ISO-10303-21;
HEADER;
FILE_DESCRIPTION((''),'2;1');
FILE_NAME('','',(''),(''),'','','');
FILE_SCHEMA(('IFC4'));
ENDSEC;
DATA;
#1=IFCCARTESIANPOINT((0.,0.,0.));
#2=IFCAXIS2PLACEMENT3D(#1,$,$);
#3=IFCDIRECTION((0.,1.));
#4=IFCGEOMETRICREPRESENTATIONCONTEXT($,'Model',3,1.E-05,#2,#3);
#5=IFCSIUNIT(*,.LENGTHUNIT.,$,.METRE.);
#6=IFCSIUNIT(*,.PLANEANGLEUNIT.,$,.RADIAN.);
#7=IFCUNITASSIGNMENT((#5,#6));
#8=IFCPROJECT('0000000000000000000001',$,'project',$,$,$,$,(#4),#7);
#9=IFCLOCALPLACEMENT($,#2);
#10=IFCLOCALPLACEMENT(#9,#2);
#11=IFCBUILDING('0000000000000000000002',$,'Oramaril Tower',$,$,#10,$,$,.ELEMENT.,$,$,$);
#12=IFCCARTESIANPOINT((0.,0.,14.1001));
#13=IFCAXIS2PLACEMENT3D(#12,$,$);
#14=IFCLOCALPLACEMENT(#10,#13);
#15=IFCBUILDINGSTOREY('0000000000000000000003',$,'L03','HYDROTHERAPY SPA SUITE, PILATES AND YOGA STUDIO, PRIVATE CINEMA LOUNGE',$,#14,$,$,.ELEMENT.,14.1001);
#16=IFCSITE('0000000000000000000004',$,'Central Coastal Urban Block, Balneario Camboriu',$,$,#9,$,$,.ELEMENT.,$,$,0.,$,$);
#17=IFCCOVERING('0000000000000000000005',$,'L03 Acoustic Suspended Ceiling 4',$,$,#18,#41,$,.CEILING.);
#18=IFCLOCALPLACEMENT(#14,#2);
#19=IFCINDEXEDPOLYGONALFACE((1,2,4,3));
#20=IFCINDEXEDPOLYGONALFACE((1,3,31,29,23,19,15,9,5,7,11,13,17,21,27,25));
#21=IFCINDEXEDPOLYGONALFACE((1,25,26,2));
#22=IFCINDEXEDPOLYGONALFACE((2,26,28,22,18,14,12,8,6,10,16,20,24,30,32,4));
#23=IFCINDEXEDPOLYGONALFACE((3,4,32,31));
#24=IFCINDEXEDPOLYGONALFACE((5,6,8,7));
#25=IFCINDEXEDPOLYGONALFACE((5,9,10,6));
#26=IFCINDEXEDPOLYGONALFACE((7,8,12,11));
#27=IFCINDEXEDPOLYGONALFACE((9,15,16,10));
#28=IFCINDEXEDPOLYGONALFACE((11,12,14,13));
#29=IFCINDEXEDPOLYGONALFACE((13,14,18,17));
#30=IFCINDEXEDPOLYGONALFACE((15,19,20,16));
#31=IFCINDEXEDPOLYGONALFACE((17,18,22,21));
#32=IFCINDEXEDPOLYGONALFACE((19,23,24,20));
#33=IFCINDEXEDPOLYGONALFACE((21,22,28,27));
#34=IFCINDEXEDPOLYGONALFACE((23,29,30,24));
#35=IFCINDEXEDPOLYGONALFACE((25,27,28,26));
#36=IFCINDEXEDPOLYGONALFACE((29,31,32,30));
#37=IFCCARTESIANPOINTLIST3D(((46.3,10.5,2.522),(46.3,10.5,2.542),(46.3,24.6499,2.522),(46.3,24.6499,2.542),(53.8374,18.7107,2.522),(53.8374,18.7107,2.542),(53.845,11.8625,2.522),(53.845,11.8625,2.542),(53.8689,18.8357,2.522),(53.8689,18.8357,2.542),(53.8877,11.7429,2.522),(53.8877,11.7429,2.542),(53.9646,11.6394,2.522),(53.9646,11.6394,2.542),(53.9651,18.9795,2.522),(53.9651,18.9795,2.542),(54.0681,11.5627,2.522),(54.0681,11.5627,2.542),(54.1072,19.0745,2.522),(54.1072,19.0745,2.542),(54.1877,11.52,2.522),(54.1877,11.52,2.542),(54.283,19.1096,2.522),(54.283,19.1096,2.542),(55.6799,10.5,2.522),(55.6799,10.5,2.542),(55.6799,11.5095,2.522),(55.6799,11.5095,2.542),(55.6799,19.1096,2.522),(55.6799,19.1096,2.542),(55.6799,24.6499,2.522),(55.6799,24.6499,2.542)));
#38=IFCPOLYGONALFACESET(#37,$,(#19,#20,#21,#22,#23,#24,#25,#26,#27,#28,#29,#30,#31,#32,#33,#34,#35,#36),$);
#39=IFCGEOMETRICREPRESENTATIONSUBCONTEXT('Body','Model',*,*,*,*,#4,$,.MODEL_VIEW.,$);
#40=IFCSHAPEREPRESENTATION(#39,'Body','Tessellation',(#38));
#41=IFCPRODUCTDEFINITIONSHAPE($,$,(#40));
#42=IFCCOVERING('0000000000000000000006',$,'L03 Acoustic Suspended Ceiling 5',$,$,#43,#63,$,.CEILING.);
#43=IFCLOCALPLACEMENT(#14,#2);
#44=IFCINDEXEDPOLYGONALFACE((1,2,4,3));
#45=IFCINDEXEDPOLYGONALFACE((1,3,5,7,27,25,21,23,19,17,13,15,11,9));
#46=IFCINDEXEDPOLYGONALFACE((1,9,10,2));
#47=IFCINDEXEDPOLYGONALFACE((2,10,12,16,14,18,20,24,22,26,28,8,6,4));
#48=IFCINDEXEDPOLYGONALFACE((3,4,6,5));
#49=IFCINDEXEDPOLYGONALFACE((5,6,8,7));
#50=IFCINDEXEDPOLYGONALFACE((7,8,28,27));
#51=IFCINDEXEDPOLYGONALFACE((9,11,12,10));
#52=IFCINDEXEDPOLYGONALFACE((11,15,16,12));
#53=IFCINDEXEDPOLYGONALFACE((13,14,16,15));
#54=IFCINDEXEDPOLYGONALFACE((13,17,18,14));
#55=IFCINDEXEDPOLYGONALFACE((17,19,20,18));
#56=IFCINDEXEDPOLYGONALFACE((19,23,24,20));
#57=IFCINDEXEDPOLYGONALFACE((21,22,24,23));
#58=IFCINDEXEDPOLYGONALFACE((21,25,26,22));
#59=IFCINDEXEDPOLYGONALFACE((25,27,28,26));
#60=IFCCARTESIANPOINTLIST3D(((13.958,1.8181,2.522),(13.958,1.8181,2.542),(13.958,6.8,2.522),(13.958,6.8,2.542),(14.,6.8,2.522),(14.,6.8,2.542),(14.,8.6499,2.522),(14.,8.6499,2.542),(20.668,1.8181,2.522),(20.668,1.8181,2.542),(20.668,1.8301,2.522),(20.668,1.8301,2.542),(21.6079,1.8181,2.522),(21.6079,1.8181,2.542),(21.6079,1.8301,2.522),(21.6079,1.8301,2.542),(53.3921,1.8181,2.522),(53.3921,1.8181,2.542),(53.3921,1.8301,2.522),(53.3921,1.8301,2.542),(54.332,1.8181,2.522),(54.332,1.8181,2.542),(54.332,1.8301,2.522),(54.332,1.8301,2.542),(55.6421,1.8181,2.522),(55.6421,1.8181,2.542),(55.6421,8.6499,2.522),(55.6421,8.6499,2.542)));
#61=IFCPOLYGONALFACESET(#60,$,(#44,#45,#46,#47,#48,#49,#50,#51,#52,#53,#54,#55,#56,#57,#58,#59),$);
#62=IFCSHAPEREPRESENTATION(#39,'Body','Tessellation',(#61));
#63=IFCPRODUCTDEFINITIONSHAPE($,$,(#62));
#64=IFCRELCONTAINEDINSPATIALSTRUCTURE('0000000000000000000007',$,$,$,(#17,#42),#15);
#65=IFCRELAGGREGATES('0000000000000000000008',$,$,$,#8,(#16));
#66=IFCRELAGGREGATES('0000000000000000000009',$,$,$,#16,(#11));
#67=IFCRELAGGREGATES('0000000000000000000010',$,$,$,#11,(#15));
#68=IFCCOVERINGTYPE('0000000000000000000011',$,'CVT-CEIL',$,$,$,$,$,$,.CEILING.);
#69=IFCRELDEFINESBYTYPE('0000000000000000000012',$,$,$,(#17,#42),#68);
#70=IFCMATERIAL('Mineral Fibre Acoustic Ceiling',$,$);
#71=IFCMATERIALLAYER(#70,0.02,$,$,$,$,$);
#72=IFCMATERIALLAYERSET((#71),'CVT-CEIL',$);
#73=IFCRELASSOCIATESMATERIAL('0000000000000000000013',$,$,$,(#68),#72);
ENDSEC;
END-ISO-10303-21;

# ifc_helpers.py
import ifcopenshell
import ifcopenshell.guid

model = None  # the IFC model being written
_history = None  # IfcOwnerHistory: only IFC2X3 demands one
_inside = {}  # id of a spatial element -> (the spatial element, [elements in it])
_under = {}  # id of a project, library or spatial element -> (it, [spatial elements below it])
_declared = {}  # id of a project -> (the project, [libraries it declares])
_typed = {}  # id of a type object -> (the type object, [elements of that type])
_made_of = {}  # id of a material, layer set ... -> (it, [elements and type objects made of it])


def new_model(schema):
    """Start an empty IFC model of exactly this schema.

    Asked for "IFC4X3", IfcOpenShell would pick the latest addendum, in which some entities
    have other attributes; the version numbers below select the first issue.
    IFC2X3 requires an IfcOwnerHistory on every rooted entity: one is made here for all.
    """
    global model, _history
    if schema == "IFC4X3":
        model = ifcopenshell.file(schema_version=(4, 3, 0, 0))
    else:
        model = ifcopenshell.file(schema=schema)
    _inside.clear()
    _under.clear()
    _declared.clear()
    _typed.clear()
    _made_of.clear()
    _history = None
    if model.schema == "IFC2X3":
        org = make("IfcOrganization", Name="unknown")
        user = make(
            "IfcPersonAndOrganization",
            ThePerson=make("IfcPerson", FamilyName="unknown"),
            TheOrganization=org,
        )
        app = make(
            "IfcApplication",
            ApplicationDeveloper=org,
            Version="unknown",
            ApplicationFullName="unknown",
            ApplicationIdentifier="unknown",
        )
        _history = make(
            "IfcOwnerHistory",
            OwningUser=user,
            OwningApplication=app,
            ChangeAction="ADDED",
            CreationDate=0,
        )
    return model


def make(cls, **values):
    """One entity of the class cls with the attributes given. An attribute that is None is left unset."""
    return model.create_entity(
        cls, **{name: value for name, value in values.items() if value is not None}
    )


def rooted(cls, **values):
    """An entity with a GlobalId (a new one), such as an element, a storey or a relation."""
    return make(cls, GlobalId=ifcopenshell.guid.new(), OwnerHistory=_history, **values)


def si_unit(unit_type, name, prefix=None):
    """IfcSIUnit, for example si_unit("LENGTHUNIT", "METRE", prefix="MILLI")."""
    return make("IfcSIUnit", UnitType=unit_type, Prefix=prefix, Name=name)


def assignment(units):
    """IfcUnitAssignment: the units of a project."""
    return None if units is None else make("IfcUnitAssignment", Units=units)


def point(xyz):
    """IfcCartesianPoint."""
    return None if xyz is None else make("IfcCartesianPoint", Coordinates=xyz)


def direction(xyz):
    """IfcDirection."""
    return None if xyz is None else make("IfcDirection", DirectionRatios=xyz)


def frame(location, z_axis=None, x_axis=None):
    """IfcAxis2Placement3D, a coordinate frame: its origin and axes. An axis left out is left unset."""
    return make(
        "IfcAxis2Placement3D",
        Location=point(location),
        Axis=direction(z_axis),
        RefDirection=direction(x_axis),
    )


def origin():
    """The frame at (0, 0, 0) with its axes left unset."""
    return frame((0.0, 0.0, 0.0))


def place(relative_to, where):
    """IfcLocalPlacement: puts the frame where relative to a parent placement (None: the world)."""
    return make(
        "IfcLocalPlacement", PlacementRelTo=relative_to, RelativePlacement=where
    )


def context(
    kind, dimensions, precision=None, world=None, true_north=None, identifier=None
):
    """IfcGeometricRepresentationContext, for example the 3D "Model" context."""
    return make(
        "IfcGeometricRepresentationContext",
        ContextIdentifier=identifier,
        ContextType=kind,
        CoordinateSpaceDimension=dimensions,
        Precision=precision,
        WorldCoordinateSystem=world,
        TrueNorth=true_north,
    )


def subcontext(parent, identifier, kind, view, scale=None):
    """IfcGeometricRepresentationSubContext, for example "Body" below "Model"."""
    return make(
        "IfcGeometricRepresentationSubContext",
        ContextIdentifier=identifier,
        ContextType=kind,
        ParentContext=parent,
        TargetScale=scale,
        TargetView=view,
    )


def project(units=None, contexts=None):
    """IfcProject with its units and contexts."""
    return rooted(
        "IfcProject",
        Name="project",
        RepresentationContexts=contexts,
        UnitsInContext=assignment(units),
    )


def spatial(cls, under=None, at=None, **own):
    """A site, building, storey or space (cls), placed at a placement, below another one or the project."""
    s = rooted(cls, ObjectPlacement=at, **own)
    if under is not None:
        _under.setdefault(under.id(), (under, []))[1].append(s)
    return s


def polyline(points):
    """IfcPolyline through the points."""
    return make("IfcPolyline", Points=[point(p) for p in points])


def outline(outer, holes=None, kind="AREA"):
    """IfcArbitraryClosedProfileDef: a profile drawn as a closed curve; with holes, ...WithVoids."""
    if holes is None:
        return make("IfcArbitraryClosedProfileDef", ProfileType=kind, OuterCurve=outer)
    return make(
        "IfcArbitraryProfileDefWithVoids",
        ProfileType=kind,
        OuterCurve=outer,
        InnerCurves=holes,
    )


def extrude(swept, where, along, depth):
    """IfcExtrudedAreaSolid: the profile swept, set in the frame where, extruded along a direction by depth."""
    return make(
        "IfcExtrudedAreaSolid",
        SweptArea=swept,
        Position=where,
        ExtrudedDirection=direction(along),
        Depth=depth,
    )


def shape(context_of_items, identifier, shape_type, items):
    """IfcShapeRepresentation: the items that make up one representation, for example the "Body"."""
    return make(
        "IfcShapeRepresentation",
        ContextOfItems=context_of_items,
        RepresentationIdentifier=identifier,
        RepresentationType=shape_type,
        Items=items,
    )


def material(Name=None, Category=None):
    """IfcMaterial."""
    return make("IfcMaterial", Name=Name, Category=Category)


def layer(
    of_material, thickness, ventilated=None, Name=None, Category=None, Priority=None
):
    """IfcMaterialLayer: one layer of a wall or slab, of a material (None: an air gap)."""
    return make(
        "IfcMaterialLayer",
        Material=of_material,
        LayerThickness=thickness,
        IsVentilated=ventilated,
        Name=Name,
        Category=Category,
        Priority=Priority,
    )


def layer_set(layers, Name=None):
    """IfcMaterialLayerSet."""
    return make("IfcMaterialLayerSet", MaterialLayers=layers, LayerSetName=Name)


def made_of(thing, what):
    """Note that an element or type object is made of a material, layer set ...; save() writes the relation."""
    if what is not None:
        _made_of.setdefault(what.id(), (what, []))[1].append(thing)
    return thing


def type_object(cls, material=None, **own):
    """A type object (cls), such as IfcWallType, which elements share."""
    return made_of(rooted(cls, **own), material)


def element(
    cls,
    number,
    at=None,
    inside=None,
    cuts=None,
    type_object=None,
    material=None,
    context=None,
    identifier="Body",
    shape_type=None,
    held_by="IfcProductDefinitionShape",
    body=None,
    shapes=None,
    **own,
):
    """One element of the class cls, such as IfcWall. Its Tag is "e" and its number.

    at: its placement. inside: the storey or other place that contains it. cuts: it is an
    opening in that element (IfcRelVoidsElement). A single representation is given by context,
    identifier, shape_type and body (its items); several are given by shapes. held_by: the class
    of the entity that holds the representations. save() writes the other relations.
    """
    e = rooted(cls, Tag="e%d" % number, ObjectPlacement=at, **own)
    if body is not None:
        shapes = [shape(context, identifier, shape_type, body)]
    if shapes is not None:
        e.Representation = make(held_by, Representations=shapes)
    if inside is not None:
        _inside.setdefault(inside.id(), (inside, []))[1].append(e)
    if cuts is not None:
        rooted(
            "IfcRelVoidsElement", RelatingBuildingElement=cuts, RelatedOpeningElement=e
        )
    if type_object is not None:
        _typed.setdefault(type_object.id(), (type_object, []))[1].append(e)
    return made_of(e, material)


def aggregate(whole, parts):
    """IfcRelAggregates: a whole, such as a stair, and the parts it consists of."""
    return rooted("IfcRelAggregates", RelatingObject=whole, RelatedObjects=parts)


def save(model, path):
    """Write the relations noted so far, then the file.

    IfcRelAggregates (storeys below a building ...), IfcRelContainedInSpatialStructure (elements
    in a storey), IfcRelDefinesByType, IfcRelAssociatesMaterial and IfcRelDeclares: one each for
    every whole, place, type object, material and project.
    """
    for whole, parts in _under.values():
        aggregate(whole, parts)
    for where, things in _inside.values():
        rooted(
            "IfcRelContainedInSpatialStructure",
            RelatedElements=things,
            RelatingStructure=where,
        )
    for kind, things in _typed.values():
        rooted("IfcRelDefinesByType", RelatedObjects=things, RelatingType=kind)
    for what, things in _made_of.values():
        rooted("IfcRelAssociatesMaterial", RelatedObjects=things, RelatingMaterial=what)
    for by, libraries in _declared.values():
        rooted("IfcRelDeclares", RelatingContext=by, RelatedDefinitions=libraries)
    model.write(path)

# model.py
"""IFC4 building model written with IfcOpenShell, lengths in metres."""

from ifc_helpers import new_model, si_unit, direction, frame, origin, place, context, subcontext, project, spatial, polyline, outline, extrude, material, layer, layer_set, type_object, element, save


model = new_model("IFC4")

# Units and contexts
model_context = context("Model", 3, precision=1e-05, world=origin(), true_north=direction((0.0, 1.0)))
body_context = subcontext(model_context, "Body", "Model", "MODEL_VIEW")
ifc_project = project(units=[si_unit("LENGTHUNIT", "METRE"), si_unit("PLANEANGLEUNIT", "RADIAN")], contexts=[model_context])

# Site, building, storey
site_placement = place(None, origin())
site = spatial("IfcSite", under=ifc_project, at=site_placement, Name="Central Coastal Urban Block, Balneario Camboriu", CompositionType="ELEMENT", RefElevation=0.0)
building_placement = place(site_placement, origin())
building = spatial("IfcBuilding", under=site, at=building_placement, Name="Oramaril Tower", CompositionType="ELEMENT")
storey_placement = place(building_placement, frame((0.0, 0.0, 14.1001)))
storey = spatial("IfcBuildingStorey", under=building, at=storey_placement, Name="L03", Description="HYDROTHERAPY SPA SUITE, PILATES AND YOGA STUDIO, PRIVATE CINEMA LOUNGE", CompositionType="ELEMENT", Elevation=14.1001)

# Coverings
ifc_material_1 = material(Name="Mineral Fibre Acoustic Ceiling")
ifc_layer_1 = layer(ifc_material_1, 0.02)
ifc_layer_set_1 = layer_set([ifc_layer_1], Name="CVT-CEIL")
covering_type_1 = type_object("IfcCoveringType", Name="CVT-CEIL", PredefinedType="CEILING", material=ifc_layer_set_1)
covering_1_placement = place(storey_placement, frame((0.0, 0.0, 2.522)))
element("IfcCovering", 1, at=covering_1_placement, inside=storey, type_object=covering_type_1, Name="L03 Acoustic Suspended Ceiling 4", PredefinedType="CEILING", context=body_context, shape_type="SweptSolid", body=[
    extrude(outline(polyline([(53.9651, 18.9795), (53.8689, 18.8357), (53.8374, 18.7107), (53.845, 11.8625), (53.8877, 11.7429), (53.9646, 11.6394), (54.0681, 11.5627), (54.1877, 11.52), (55.6799, 11.5095), (55.6799, 10.5), (46.3, 10.5), (46.3, 24.6499), (55.6799, 24.6499), (55.6799, 19.1096), (54.283, 19.1096), (54.1072, 19.0745), (53.9651, 18.9795)])), origin(), (0.0, 0.0, 1.0), 0.02),
])
covering_2_placement = place(storey_placement, frame((0.0, 0.0, 2.522)))
element("IfcCovering", 2, at=covering_2_placement, inside=storey, type_object=covering_type_1, Name="L03 Acoustic Suspended Ceiling 5", PredefinedType="CEILING", context=body_context, shape_type="SweptSolid", body=[
    extrude(outline(polyline([(14.0, 6.8), (14.0, 8.6499), (55.6421, 8.6499), (55.6421, 1.8181), (54.332, 1.8181), (54.332, 1.8301), (53.3921, 1.8301), (53.3921, 1.8181), (21.6079, 1.8181), (21.6079, 1.8301), (20.668, 1.8301), (20.668, 1.8181), (13.958, 1.8181), (13.958, 6.8), (14.0, 6.8)])), origin(), (0.0, 0.0, 1.0), 0.02),
])

save(model, "model.ifc")
